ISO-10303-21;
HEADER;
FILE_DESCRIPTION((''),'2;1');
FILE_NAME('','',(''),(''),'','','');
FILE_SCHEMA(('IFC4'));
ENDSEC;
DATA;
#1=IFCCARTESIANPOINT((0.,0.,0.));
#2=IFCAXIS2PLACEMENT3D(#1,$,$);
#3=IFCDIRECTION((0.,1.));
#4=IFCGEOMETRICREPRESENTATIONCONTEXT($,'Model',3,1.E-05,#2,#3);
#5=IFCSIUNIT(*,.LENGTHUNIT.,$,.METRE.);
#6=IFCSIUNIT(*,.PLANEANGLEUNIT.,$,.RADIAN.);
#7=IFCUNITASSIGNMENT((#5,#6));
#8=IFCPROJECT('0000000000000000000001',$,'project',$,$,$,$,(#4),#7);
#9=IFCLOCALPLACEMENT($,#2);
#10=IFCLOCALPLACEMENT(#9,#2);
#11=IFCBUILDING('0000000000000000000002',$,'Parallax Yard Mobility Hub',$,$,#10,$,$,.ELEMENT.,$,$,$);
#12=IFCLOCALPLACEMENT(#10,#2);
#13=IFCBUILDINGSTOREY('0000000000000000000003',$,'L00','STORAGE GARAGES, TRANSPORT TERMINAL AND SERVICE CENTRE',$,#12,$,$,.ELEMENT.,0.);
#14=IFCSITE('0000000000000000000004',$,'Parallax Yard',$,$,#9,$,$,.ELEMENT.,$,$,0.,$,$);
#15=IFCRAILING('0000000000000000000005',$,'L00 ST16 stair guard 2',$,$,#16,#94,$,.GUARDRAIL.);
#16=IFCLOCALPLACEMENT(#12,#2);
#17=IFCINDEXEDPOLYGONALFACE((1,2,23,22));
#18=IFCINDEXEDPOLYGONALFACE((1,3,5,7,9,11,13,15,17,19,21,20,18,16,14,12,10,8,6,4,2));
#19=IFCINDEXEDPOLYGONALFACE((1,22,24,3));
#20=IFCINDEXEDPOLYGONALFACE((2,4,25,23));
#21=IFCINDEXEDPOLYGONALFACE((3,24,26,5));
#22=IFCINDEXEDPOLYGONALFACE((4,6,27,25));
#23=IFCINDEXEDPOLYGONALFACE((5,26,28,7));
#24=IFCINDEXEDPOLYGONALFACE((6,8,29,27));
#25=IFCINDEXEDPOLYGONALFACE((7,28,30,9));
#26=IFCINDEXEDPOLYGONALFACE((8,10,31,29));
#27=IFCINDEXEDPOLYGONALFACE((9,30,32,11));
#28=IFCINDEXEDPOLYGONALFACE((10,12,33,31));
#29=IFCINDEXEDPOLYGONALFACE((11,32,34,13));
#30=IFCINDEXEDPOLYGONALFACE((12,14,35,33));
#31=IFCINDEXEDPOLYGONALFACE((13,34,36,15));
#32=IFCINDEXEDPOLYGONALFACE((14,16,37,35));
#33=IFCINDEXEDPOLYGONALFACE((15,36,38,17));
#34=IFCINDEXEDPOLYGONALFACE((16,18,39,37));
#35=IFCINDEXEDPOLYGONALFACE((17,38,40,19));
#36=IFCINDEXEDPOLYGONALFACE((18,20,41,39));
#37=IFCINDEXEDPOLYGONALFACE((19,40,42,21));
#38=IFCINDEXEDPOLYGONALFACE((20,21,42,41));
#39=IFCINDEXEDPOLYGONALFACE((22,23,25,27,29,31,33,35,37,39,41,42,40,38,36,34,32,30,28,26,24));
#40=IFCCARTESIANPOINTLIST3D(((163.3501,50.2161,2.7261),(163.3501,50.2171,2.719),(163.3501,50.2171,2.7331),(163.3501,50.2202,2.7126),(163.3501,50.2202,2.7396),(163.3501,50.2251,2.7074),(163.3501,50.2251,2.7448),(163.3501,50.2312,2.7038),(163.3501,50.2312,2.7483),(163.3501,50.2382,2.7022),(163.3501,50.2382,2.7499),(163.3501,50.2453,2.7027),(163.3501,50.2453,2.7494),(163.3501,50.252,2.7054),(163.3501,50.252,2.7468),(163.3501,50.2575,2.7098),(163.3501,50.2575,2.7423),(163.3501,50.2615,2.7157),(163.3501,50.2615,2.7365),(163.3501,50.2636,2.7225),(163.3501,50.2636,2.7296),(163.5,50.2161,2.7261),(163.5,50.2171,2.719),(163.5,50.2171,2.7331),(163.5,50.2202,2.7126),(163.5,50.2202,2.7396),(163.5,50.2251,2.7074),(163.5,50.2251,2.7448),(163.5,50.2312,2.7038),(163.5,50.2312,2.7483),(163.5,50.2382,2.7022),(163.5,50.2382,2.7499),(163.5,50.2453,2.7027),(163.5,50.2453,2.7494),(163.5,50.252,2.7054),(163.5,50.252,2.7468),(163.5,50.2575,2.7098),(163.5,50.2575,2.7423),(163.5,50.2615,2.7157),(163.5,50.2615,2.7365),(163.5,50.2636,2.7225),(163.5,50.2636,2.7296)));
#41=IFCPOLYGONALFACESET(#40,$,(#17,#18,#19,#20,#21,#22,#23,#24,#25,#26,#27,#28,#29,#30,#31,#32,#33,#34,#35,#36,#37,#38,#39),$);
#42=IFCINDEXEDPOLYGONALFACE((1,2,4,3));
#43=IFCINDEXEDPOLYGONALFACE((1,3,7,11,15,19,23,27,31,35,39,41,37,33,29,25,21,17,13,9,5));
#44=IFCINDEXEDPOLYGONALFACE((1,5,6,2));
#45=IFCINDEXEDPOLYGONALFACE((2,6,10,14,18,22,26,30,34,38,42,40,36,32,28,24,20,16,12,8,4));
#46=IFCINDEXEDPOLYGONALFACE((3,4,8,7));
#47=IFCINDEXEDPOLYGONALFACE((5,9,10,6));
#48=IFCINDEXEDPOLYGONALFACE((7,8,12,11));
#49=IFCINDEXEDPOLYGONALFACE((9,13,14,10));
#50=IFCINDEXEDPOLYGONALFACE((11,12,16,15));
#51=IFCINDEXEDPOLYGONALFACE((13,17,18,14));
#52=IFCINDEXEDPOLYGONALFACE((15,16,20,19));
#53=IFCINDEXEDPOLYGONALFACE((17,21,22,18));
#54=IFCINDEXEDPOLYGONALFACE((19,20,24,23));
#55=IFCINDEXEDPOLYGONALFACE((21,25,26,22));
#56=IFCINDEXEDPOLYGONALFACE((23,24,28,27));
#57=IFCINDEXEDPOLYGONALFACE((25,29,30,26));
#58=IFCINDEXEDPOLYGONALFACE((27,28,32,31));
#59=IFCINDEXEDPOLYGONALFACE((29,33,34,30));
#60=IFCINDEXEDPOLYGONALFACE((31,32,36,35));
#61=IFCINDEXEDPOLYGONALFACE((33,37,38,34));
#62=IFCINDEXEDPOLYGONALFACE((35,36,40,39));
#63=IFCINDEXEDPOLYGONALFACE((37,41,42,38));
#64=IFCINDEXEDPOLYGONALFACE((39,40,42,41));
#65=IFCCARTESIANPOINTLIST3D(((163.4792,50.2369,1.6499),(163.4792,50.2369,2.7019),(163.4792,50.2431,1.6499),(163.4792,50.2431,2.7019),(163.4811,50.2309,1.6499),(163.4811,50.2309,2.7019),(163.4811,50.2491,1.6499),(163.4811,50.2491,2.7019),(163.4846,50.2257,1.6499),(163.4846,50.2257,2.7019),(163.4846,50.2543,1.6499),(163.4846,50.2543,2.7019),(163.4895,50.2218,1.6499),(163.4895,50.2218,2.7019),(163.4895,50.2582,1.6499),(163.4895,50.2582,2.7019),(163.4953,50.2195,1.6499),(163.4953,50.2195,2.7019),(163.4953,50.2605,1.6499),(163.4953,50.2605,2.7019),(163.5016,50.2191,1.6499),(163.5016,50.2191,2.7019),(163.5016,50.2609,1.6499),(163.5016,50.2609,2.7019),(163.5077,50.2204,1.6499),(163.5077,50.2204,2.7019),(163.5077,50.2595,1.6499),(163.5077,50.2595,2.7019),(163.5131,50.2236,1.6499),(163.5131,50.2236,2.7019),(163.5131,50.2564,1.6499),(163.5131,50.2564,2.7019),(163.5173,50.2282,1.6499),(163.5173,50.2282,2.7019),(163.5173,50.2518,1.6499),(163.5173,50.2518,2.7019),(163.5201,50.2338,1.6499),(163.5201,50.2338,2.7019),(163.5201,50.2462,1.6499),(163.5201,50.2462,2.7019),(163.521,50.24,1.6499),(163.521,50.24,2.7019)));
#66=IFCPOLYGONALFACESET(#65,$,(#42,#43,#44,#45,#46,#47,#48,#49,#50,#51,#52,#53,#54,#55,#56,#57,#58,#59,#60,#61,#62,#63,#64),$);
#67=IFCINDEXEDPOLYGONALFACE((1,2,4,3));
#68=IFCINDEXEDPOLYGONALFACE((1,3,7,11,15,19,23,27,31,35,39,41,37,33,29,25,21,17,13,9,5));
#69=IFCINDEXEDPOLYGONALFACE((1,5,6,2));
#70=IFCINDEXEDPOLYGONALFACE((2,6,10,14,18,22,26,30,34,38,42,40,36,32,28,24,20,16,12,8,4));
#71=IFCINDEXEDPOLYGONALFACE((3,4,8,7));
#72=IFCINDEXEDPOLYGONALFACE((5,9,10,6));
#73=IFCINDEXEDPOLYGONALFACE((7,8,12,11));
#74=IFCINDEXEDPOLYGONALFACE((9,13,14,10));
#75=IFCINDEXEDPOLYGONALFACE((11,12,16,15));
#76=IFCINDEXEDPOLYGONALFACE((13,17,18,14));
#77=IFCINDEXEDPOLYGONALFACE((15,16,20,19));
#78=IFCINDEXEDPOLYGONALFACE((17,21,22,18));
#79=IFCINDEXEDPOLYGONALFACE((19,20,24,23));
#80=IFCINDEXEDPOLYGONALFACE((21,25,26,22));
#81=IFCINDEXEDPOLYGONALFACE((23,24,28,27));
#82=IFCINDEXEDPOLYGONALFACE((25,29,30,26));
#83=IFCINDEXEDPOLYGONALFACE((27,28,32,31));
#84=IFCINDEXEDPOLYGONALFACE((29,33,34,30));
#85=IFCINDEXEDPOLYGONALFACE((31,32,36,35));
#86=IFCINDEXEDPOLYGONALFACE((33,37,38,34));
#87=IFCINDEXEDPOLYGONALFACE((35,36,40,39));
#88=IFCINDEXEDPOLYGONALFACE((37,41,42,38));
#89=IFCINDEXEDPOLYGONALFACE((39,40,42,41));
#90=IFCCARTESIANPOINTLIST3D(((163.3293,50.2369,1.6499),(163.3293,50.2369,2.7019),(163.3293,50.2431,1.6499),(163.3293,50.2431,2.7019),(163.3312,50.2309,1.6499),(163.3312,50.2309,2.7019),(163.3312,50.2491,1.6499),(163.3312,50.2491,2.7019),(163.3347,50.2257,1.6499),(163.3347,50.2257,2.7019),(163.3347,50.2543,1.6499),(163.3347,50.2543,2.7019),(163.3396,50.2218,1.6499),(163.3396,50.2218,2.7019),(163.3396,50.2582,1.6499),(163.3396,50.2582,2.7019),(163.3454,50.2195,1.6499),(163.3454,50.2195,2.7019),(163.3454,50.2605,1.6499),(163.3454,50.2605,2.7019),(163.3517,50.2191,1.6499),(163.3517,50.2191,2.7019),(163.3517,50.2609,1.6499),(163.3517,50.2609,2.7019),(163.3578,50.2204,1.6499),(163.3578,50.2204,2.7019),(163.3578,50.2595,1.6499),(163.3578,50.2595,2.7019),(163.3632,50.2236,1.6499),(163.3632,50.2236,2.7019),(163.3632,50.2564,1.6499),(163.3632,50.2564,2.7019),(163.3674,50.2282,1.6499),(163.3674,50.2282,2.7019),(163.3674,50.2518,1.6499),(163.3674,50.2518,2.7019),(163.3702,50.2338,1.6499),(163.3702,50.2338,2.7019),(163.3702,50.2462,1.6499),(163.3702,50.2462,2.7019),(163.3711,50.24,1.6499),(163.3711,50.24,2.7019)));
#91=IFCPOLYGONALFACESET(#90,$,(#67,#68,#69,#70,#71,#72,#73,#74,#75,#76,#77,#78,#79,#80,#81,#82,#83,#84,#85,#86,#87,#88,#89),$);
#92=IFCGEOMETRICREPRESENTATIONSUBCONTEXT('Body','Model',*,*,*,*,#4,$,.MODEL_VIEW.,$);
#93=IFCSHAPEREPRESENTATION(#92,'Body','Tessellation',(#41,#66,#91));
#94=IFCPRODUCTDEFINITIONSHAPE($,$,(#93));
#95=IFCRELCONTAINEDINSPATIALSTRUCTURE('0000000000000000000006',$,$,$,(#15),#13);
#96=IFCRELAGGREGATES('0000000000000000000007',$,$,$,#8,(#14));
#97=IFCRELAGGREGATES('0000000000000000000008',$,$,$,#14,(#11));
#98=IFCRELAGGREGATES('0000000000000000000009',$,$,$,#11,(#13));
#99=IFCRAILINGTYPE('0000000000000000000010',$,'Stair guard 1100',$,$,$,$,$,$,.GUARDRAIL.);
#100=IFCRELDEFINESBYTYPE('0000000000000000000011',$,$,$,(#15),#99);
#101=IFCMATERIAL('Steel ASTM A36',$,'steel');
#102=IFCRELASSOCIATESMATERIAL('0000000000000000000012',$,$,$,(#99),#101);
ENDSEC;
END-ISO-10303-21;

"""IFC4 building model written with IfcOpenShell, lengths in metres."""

from ifc_helpers import new_model, si_unit, direction, frame, origin, origin_2d, place, context, subcontext, project, spatial, circle, extrude, material, type_object, element, save


model = new_model("IFC4")

# Units and contexts
model_context = context("Model", 3, precision=1e-05, world=origin(), true_north=direction((0.0, 1.0)))
body_context = subcontext(model_context, "Body", "Model", "MODEL_VIEW")
ifc_project = project(units=[si_unit("LENGTHUNIT", "METRE"), si_unit("PLANEANGLEUNIT", "RADIAN")], contexts=[model_context])

# Site, building, storey
site_placement = place(None, origin())
site = spatial("IfcSite", under=ifc_project, at=site_placement, Name="Parallax Yard", CompositionType="ELEMENT", RefElevation=0.0)
building_placement = place(site_placement, origin())
building = spatial("IfcBuilding", under=site, at=building_placement, Name="Parallax Yard Mobility Hub", CompositionType="ELEMENT")
storey_placement = place(building_placement, origin())
storey = spatial("IfcBuildingStorey", under=building, at=storey_placement, Name="L00", Description="STORAGE GARAGES, TRANSPORT TERMINAL AND SERVICE CENTRE", CompositionType="ELEMENT", Elevation=0.0)

# Railing
ifc_material_1 = material(Name="Steel ASTM A36", Category="steel")
railing_type_1 = type_object("IfcRailingType", Name="Stair guard 1100", PredefinedType="GUARDRAIL", material=ifc_material_1)
railing_1_placement = place(storey_placement, frame((163.5, 50.24, 1.6499)))
element("IfcRailing", 1, at=railing_1_placement, inside=storey, type_object=railing_type_1, Name="L00 ST16 stair guard 2", PredefinedType="GUARDRAIL", context=body_context, shape_type="SweptSolid", body=[
    extrude(circle(Radius=0.0239, at=origin_2d()), frame((0.0, 0.0, 1.0762), z_axis=(-1.0, 0.0, 0.0), x_axis=(0.0, -1.0, 0.0)), (0.0, 0.0, 1.0), 0.1499),
    extrude(circle(Radius=0.021, at=origin_2d()), origin(), (0.0, 0.0, 1.0), 1.052),
    extrude(circle(Radius=0.021, at=origin_2d()), frame((-0.1499, 0.0, 0.0)), (0.0, 0.0, 1.0), 1.052),
])

save(model, "model.ifc")
